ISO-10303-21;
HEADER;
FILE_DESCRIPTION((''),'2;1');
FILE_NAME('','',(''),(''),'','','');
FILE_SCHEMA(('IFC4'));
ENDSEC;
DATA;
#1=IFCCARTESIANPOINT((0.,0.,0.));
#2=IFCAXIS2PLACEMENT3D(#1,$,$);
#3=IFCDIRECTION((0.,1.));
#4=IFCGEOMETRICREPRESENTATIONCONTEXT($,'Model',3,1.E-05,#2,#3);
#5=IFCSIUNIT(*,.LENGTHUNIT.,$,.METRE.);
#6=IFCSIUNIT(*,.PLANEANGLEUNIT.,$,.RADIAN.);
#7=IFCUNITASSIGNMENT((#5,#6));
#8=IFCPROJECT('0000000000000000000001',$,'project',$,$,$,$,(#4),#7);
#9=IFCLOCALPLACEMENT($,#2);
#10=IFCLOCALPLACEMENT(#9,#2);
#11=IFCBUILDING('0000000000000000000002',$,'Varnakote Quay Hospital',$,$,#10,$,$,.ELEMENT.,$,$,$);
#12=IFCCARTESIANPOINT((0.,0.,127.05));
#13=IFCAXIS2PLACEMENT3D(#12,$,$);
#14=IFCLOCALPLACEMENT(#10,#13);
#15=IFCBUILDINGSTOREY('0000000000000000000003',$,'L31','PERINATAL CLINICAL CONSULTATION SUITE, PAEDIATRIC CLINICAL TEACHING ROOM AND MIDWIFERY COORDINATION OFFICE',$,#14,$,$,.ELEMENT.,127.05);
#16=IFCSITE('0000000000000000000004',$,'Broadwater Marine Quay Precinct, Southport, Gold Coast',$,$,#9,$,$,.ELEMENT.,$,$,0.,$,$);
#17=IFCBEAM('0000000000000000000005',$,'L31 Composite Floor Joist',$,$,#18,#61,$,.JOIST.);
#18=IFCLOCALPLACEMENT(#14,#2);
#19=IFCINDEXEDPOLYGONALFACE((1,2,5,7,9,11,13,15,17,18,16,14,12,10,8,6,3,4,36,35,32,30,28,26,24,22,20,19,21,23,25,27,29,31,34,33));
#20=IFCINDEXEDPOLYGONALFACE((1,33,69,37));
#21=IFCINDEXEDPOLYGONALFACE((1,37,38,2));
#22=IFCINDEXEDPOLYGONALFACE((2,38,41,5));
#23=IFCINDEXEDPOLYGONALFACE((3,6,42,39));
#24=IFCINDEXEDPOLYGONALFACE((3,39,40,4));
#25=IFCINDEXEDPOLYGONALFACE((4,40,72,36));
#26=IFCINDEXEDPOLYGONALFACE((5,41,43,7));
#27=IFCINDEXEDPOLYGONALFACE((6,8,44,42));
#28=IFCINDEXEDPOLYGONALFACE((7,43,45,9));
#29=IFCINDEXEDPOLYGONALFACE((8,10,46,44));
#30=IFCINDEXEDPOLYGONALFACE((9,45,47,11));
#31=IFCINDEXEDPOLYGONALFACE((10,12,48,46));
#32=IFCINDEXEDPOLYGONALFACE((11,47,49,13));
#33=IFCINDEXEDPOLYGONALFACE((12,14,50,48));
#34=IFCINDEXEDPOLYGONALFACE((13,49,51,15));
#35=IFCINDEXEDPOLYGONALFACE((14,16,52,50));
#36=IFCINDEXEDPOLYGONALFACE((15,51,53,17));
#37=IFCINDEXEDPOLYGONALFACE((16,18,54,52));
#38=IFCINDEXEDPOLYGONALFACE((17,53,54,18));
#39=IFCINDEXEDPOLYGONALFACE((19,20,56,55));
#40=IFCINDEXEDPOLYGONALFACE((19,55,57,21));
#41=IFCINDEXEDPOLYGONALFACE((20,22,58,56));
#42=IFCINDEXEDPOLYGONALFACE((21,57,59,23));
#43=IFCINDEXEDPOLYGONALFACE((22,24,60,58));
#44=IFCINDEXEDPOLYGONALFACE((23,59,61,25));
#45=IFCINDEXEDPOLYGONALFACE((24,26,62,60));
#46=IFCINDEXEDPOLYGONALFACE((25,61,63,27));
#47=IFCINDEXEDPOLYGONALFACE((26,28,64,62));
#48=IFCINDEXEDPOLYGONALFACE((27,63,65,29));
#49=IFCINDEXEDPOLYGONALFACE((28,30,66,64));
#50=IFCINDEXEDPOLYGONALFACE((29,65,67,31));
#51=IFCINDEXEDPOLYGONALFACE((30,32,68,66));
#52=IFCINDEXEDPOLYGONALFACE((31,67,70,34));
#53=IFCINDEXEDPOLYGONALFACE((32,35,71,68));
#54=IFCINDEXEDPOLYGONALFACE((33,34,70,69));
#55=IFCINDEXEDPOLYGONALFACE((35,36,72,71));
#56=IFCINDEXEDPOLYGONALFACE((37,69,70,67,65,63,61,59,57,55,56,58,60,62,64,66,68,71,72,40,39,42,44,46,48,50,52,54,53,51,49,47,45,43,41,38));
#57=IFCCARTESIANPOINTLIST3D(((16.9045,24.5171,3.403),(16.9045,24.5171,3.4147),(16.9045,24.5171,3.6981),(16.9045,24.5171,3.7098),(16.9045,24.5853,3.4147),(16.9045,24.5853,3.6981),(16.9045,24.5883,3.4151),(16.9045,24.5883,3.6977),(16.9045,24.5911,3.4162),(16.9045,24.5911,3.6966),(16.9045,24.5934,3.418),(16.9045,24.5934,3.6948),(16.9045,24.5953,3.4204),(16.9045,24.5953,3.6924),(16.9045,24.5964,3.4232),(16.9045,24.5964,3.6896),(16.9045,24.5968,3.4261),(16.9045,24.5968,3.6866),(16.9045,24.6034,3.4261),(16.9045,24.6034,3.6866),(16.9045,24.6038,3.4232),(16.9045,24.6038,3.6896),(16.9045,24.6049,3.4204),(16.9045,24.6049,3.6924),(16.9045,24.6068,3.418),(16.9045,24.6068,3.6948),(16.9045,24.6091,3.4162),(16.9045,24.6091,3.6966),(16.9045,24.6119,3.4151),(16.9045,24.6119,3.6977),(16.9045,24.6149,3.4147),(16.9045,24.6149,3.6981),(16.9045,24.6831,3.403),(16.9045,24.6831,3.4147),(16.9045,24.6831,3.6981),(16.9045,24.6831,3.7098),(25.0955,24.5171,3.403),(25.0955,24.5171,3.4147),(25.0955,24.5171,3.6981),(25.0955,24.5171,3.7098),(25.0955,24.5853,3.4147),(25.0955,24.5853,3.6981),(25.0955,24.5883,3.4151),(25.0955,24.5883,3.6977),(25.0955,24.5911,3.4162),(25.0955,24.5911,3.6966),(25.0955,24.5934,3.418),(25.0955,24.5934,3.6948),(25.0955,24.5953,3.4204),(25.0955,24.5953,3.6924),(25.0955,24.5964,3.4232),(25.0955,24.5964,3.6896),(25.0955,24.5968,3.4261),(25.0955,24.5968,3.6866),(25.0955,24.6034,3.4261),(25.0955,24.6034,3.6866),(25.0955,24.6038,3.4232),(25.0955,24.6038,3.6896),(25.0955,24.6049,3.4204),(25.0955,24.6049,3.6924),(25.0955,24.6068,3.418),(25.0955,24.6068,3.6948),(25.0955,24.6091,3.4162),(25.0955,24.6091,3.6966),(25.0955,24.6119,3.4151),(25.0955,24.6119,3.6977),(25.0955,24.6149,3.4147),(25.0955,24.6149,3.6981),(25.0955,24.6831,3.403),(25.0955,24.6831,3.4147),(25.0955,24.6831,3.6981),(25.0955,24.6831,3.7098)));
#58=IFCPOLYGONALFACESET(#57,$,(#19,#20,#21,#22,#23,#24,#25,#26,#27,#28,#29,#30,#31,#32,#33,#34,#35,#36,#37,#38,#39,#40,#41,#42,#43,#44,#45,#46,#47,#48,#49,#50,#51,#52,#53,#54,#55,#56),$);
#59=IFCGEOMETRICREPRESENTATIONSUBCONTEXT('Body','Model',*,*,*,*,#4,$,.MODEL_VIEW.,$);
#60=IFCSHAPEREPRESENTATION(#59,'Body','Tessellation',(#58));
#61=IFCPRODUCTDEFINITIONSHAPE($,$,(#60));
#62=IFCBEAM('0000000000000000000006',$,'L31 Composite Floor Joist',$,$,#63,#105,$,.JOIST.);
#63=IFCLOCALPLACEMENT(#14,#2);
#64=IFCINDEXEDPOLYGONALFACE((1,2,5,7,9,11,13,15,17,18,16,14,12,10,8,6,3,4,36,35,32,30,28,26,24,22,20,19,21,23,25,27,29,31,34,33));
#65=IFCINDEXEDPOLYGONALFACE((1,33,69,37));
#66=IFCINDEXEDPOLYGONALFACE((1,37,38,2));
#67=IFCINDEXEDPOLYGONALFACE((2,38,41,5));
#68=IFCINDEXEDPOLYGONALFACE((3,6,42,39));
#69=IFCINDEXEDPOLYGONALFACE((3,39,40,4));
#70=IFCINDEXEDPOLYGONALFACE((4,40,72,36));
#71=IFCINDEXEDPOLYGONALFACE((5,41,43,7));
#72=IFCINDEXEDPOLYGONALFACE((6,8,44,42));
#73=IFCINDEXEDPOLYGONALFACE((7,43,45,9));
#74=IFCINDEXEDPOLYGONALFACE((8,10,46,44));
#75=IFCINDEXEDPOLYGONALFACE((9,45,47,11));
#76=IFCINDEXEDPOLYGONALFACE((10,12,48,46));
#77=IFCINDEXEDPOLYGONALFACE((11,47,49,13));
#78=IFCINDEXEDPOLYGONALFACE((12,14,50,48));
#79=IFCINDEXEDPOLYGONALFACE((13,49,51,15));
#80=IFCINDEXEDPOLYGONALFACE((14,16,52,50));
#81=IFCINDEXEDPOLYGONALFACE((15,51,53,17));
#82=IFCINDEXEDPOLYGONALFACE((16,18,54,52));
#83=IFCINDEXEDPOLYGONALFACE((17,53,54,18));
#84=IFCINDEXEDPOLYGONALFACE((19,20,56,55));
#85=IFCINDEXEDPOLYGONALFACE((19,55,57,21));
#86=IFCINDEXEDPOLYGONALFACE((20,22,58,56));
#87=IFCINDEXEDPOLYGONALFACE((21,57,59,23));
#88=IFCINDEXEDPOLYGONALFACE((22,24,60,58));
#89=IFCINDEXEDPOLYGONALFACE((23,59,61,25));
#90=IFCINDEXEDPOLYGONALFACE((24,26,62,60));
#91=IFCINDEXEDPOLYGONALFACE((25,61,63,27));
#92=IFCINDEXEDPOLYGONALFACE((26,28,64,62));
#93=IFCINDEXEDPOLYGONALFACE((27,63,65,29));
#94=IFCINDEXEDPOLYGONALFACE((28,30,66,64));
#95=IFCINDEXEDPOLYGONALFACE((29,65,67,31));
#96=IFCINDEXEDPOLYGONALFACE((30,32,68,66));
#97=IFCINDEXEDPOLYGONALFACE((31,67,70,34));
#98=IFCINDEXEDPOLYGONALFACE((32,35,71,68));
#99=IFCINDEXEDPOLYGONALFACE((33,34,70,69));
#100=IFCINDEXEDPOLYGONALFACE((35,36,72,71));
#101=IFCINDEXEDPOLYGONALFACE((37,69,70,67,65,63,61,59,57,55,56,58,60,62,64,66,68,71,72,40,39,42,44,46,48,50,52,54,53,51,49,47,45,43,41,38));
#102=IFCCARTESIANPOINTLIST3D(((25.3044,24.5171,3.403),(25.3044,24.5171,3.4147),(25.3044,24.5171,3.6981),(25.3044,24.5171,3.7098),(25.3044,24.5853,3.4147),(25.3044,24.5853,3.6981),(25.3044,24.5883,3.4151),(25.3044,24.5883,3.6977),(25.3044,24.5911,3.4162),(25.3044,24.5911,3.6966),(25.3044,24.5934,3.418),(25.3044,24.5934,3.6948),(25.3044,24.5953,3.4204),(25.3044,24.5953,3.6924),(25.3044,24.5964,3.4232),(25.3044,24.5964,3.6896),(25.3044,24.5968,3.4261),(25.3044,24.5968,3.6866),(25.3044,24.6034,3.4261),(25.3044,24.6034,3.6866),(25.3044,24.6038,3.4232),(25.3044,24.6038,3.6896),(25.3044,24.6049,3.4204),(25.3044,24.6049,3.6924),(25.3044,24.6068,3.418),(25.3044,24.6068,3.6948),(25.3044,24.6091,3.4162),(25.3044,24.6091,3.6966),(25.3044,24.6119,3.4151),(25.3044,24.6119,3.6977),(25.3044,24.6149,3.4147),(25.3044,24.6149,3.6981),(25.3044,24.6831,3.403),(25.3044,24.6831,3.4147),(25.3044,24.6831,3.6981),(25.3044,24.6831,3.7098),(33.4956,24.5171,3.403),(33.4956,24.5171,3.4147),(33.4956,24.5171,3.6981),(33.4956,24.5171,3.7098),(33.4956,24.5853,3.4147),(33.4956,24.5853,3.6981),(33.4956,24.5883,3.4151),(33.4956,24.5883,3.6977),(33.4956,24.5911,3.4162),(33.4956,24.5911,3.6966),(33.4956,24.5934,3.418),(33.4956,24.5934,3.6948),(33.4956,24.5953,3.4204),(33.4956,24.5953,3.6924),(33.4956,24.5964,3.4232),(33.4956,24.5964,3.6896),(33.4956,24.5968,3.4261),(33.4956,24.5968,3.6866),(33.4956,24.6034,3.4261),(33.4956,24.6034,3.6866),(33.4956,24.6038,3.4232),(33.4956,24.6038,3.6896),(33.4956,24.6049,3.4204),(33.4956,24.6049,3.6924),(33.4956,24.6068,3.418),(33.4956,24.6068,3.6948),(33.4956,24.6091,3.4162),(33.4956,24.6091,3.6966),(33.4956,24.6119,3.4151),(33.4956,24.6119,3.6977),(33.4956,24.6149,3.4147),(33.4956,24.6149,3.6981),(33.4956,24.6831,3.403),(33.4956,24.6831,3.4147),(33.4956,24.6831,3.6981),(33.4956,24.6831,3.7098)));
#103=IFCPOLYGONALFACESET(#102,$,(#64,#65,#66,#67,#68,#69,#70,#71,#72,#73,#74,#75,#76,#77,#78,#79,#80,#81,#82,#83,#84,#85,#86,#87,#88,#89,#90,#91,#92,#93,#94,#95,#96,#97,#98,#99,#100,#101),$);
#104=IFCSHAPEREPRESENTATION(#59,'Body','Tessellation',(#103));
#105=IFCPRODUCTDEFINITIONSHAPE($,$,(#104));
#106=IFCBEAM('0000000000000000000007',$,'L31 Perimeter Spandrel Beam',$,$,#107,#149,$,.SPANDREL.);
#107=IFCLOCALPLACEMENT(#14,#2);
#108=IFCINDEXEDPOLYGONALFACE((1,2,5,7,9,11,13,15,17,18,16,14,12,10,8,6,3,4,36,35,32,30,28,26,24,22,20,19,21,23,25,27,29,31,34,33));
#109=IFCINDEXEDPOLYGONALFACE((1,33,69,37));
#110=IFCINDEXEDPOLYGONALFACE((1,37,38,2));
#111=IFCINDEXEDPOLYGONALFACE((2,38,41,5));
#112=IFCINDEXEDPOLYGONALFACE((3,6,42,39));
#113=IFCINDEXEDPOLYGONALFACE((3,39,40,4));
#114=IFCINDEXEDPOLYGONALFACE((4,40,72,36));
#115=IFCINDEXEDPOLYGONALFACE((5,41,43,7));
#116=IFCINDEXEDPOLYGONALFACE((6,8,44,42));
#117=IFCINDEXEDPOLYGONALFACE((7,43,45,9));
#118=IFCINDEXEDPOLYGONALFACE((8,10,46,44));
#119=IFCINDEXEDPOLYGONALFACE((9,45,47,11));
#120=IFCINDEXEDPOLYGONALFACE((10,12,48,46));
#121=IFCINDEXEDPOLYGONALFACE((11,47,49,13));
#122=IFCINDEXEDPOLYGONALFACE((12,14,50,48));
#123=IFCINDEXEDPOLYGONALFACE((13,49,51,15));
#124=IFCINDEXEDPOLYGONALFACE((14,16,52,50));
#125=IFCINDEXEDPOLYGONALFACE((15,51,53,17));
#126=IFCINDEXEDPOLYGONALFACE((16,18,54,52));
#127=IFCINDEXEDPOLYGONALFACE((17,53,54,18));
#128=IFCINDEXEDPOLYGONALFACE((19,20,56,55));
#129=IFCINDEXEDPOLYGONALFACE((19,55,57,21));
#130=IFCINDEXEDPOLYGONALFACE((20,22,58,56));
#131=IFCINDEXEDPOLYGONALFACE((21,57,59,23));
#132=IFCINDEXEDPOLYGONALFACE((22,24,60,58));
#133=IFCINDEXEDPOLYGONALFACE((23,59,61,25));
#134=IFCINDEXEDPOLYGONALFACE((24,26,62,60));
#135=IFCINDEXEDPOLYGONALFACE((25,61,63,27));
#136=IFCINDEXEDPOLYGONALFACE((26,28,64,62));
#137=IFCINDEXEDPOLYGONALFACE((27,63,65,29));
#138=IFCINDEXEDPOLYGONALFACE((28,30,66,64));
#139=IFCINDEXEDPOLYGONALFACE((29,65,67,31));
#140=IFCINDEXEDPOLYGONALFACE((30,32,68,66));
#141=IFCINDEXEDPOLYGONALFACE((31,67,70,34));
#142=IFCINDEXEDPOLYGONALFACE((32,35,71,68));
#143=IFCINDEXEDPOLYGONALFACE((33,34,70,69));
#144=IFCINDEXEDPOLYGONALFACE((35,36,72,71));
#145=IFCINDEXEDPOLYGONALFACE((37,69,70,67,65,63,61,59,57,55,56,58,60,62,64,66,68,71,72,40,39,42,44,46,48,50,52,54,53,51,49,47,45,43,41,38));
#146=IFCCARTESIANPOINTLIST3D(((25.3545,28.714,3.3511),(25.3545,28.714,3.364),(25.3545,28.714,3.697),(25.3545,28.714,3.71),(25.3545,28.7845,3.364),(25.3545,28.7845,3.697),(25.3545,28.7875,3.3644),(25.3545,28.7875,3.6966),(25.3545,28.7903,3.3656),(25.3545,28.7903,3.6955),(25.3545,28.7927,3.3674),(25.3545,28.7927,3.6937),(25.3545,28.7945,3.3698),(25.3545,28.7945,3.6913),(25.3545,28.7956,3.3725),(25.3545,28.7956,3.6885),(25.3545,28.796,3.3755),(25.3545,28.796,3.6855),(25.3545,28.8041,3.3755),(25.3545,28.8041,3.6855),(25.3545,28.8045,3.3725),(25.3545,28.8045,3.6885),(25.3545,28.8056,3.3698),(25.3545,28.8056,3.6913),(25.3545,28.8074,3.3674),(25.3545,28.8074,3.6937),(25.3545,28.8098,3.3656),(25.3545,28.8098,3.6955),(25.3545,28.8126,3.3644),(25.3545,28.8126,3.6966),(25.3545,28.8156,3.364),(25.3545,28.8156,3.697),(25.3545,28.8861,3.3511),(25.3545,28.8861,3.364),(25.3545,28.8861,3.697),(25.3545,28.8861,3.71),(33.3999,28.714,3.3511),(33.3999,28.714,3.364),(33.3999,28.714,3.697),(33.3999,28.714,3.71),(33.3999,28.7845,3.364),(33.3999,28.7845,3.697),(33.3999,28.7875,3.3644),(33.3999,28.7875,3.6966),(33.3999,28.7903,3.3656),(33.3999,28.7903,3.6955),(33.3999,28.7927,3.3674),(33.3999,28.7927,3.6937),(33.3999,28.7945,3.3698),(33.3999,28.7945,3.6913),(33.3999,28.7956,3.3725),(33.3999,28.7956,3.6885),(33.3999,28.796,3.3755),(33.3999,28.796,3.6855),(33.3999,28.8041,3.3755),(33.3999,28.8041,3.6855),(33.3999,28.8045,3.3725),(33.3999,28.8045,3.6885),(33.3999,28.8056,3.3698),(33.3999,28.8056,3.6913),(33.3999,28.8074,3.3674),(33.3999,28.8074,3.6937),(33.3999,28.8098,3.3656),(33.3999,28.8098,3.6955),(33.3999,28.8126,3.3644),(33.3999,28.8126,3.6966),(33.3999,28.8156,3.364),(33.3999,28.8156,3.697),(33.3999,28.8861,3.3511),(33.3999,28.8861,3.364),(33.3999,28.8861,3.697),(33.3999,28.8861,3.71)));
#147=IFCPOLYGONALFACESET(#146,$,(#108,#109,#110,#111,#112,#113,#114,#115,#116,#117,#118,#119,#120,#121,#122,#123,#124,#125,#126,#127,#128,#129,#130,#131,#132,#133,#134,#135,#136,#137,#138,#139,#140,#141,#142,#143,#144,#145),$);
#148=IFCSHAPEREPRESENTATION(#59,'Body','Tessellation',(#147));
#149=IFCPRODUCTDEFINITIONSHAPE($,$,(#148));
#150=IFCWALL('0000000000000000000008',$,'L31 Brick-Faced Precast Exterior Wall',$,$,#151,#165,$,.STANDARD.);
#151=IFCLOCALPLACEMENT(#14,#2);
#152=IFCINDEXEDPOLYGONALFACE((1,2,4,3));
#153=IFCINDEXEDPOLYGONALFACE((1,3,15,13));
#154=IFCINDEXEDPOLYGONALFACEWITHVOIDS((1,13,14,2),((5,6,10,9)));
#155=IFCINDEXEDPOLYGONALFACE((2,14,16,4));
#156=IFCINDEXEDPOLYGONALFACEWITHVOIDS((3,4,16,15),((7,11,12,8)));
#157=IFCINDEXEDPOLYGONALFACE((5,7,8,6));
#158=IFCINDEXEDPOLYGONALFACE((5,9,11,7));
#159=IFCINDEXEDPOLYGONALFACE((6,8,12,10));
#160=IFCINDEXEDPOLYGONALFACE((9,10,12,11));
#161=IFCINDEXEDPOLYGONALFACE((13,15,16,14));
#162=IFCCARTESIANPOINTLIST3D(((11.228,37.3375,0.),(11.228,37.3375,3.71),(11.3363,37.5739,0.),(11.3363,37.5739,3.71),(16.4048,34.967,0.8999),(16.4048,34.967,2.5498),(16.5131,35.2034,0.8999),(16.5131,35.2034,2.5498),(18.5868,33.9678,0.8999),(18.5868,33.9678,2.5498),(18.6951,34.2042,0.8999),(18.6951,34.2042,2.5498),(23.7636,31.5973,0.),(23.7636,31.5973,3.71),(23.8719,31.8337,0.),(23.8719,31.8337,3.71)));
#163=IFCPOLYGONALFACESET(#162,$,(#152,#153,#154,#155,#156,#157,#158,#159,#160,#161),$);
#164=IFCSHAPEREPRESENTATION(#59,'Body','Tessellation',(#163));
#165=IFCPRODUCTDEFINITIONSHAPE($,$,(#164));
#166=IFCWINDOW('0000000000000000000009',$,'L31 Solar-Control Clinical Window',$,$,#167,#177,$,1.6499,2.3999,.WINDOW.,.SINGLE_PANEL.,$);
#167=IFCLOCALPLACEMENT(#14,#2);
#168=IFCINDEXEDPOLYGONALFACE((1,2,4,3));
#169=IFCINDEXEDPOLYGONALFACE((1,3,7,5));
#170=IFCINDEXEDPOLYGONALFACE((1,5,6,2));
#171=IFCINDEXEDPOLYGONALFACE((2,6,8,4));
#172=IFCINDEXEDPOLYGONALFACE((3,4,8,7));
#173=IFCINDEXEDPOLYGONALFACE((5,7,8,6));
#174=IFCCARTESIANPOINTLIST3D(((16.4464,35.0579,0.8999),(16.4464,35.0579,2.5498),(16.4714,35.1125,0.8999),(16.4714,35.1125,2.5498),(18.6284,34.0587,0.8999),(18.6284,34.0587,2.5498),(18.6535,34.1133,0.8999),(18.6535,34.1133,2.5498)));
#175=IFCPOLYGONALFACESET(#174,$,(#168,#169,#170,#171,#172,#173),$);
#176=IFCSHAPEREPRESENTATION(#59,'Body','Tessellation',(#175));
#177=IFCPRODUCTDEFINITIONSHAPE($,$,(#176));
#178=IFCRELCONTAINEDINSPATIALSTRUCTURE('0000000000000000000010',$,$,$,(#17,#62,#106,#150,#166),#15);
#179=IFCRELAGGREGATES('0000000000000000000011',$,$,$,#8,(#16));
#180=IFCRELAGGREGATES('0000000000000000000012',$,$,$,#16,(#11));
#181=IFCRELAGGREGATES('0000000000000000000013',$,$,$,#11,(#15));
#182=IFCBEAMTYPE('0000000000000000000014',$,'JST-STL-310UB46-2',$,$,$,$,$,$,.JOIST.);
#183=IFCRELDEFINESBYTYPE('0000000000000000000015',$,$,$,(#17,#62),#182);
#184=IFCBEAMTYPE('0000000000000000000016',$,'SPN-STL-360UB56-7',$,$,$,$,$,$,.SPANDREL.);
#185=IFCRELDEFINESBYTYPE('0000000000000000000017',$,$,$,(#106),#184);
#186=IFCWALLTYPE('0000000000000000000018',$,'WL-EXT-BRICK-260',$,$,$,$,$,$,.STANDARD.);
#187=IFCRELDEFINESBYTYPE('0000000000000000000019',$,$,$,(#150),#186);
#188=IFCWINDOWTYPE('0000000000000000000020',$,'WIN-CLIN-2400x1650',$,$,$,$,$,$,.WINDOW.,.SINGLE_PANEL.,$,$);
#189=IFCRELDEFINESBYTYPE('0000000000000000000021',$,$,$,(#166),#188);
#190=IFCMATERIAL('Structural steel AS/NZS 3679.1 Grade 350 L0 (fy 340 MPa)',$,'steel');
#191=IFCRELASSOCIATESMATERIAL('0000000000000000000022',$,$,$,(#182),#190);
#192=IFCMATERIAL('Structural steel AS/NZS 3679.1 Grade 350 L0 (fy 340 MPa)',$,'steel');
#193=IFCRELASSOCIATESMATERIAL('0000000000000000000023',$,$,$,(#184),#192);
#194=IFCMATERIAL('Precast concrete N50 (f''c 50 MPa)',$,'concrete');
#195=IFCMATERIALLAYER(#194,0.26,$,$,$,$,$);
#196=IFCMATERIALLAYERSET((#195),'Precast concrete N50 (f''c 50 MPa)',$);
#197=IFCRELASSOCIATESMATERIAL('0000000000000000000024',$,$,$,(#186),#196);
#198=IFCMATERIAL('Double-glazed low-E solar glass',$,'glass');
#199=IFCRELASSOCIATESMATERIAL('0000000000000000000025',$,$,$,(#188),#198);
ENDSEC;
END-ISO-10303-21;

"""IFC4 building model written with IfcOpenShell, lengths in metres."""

from ifc_helpers import new_model, si_unit, direction, frame, frame_2d, origin, origin_2d, place, context, subcontext, project, spatial, rectangle, i_section, extrude, material, layer, layer_set, material_profile, profile_set, type_object, element, fill, save


model = new_model("IFC4")

# Units and contexts
model_context = context("Model", 3, precision=1e-05, world=origin(), true_north=direction((0.0, 1.0)))
body_context = subcontext(model_context, "Body", "Model", "MODEL_VIEW")
ifc_project = project(units=[si_unit("LENGTHUNIT", "METRE"), si_unit("PLANEANGLEUNIT", "RADIAN")], contexts=[model_context])

# Site, building, storey
site_placement = place(None, origin())
site = spatial("IfcSite", under=ifc_project, at=site_placement, Name="Broadwater Marine Quay Precinct, Southport, Gold Coast", CompositionType="ELEMENT", RefElevation=0.0)
building_placement = place(site_placement, origin())
building = spatial("IfcBuilding", under=site, at=building_placement, Name="Varnakote Quay Hospital", CompositionType="ELEMENT")
storey_placement = place(building_placement, frame((0.0, 0.0, 127.05)))
storey = spatial("IfcBuildingStorey", under=building, at=storey_placement, Name="L31", Description="PERINATAL CLINICAL CONSULTATION SUITE, PAEDIATRIC CLINICAL TEACHING ROOM AND MIDWIFERY COORDINATION OFFICE", CompositionType="ELEMENT", Elevation=127.05)

# Beams
ifc_material_1 = material(Name="Structural steel AS/NZS 3679.1 Grade 350 L0 (fy 340 MPa)", Category="steel")
ifc_material_profile_1 = material_profile(ifc_material_1, i_section(OverallWidth=0.166, OverallDepth=0.3069, WebThickness=0.0066, FlangeThickness=0.0117, FilletRadius=0.0115, at=origin_2d()), Name="310UB46.2")
ifc_profile_set_1 = profile_set([ifc_material_profile_1], Name="Structural steel AS/NZS 3679.1 Grade 350 L0 (fy 340 MPa)")
beam_type_1 = type_object("IfcBeamType", Name="JST-STL-310UB46-2", PredefinedType="JOIST", material=ifc_profile_set_1)
beam_1_placement = place(storey_placement, frame((16.9045, 24.6001, 3.5564), z_axis=(1.0, 0.0, 0.0), x_axis=(0.0, 1.0, 0.0)))
element("IfcBeam", 1, at=beam_1_placement, inside=storey, type_object=beam_type_1, Name="L31 Composite Floor Joist", PredefinedType="JOIST", context=body_context, shape_type="SweptSolid", body=[
    extrude(i_section(OverallWidth=0.166, OverallDepth=0.3069, WebThickness=0.0066, FlangeThickness=0.0117, FilletRadius=0.0115, at=origin_2d()), origin(), (0.0, 0.0, 1.0), 8.1909),
])
beam_2_placement = place(storey_placement, frame((25.3044, 24.6001, 3.5564), z_axis=(1.0, 0.0, 0.0), x_axis=(0.0, 1.0, 0.0)))
element("IfcBeam", 2, at=beam_2_placement, inside=storey, type_object=beam_type_1, Name="L31 Composite Floor Joist", PredefinedType="JOIST", context=body_context, shape_type="SweptSolid", body=[
    extrude(i_section(OverallWidth=0.166, OverallDepth=0.3069, WebThickness=0.0066, FlangeThickness=0.0117, FilletRadius=0.0115, at=origin_2d()), origin(), (0.0, 0.0, 1.0), 8.1912),
])
ifc_material_2 = material(Name="Structural steel AS/NZS 3679.1 Grade 350 L0 (fy 340 MPa)", Category="steel")
ifc_material_profile_2 = material_profile(ifc_material_2, i_section(OverallWidth=0.1721, OverallDepth=0.3589, WebThickness=0.0081, FlangeThickness=0.0129, FilletRadius=0.0115, at=origin_2d()), Name="360UB56.7")
ifc_profile_set_2 = profile_set([ifc_material_profile_2], Name="Structural steel AS/NZS 3679.1 Grade 350 L0 (fy 340 MPa)")
beam_type_2 = type_object("IfcBeamType", Name="SPN-STL-360UB56-7", PredefinedType="SPANDREL", material=ifc_profile_set_2)
beam_3_placement = place(storey_placement, frame((25.3545, 28.8, 3.5305), z_axis=(1.0, 0.0, 0.0), x_axis=(0.0, 1.0, 0.0)))
element("IfcBeam", 3, at=beam_3_placement, inside=storey, type_object=beam_type_2, Name="L31 Perimeter Spandrel Beam", PredefinedType="SPANDREL", context=body_context, shape_type="SweptSolid", body=[
    extrude(i_section(OverallWidth=0.1721, OverallDepth=0.3589, WebThickness=0.0081, FlangeThickness=0.0129, FilletRadius=0.0115, at=origin_2d()), origin(), (0.0, 0.0, 1.0), 8.0454),
])

# Wall, opening, window
ifc_material_3 = material(Name="Precast concrete N50 (f'c 50 MPa)", Category="concrete")
ifc_layer_1 = layer(ifc_material_3, 0.26)
ifc_layer_set_1 = layer_set([ifc_layer_1], Name="Precast concrete N50 (f'c 50 MPa)")
wall_type_1 = type_object("IfcWallType", Name="WL-EXT-BRICK-260", PredefinedType="STANDARD", material=ifc_layer_set_1)
wall_1_placement = place(storey_placement, frame((23.8176, 31.7156, 0.0), z_axis=(0.0, 0.0, 1.0), x_axis=(-0.90921, 0.416339, 0.0)))
wall_1 = element("IfcWall", 4, at=wall_1_placement, inside=storey, type_object=wall_type_1, Name="L31 Brick-Faced Precast Exterior Wall", PredefinedType="STANDARD", context=body_context, shape_type="SweptSolid", body=[
    extrude(rectangle(XDim=13.7874, YDim=0.26, at=frame_2d((6.8936, 0.0))), origin(), (0.0, 0.0, 1.0), 3.71),
])
opening_1_placement = place(wall_1_placement, frame((5.6936, 0.0, 0.8999)))
opening_1 = element("IfcOpeningElement", 5, at=opening_1_placement, cuts=wall_1, PredefinedType="OPENING", context=body_context, shape_type="SweptSolid", body=[
    extrude(rectangle(XDim=2.3999, YDim=1.6499, at=frame_2d((1.2, 0.825))), frame((0.0, 0.1399, 0.0), z_axis=(0.0, -1.0, 0.0), x_axis=(1.0, 0.0, 0.0)), (0.0, 0.0, 1.0), 0.28),
])
ifc_material_4 = material(Name="Double-glazed low-E solar glass", Category="glass")
window_type = type_object("IfcWindowType", Name="WIN-CLIN-2400x1650", PartitioningType="SINGLE_PANEL", PredefinedType="WINDOW", material=ifc_material_4)
window_1_placement = place(opening_1_placement, origin())
window_1 = element("IfcWindow", 6, at=window_1_placement, inside=storey, type_object=window_type, Name="L31 Solar-Control Clinical Window", OverallHeight=1.6499, OverallWidth=2.3999, PartitioningType="SINGLE_PANEL", PredefinedType="WINDOW", context=body_context, shape_type="SweptSolid", body=[
    extrude(rectangle(XDim=2.3999, YDim=1.6499, at=frame_2d((1.2, 0.825))), frame((0.0, 0.03, 0.0), z_axis=(0.0, -1.0, 0.0), x_axis=(1.0, 0.0, 0.0)), (0.0, 0.0, 1.0), 0.0601),
])
fill(opening_1, window_1)

save(model, "model.ifc")
